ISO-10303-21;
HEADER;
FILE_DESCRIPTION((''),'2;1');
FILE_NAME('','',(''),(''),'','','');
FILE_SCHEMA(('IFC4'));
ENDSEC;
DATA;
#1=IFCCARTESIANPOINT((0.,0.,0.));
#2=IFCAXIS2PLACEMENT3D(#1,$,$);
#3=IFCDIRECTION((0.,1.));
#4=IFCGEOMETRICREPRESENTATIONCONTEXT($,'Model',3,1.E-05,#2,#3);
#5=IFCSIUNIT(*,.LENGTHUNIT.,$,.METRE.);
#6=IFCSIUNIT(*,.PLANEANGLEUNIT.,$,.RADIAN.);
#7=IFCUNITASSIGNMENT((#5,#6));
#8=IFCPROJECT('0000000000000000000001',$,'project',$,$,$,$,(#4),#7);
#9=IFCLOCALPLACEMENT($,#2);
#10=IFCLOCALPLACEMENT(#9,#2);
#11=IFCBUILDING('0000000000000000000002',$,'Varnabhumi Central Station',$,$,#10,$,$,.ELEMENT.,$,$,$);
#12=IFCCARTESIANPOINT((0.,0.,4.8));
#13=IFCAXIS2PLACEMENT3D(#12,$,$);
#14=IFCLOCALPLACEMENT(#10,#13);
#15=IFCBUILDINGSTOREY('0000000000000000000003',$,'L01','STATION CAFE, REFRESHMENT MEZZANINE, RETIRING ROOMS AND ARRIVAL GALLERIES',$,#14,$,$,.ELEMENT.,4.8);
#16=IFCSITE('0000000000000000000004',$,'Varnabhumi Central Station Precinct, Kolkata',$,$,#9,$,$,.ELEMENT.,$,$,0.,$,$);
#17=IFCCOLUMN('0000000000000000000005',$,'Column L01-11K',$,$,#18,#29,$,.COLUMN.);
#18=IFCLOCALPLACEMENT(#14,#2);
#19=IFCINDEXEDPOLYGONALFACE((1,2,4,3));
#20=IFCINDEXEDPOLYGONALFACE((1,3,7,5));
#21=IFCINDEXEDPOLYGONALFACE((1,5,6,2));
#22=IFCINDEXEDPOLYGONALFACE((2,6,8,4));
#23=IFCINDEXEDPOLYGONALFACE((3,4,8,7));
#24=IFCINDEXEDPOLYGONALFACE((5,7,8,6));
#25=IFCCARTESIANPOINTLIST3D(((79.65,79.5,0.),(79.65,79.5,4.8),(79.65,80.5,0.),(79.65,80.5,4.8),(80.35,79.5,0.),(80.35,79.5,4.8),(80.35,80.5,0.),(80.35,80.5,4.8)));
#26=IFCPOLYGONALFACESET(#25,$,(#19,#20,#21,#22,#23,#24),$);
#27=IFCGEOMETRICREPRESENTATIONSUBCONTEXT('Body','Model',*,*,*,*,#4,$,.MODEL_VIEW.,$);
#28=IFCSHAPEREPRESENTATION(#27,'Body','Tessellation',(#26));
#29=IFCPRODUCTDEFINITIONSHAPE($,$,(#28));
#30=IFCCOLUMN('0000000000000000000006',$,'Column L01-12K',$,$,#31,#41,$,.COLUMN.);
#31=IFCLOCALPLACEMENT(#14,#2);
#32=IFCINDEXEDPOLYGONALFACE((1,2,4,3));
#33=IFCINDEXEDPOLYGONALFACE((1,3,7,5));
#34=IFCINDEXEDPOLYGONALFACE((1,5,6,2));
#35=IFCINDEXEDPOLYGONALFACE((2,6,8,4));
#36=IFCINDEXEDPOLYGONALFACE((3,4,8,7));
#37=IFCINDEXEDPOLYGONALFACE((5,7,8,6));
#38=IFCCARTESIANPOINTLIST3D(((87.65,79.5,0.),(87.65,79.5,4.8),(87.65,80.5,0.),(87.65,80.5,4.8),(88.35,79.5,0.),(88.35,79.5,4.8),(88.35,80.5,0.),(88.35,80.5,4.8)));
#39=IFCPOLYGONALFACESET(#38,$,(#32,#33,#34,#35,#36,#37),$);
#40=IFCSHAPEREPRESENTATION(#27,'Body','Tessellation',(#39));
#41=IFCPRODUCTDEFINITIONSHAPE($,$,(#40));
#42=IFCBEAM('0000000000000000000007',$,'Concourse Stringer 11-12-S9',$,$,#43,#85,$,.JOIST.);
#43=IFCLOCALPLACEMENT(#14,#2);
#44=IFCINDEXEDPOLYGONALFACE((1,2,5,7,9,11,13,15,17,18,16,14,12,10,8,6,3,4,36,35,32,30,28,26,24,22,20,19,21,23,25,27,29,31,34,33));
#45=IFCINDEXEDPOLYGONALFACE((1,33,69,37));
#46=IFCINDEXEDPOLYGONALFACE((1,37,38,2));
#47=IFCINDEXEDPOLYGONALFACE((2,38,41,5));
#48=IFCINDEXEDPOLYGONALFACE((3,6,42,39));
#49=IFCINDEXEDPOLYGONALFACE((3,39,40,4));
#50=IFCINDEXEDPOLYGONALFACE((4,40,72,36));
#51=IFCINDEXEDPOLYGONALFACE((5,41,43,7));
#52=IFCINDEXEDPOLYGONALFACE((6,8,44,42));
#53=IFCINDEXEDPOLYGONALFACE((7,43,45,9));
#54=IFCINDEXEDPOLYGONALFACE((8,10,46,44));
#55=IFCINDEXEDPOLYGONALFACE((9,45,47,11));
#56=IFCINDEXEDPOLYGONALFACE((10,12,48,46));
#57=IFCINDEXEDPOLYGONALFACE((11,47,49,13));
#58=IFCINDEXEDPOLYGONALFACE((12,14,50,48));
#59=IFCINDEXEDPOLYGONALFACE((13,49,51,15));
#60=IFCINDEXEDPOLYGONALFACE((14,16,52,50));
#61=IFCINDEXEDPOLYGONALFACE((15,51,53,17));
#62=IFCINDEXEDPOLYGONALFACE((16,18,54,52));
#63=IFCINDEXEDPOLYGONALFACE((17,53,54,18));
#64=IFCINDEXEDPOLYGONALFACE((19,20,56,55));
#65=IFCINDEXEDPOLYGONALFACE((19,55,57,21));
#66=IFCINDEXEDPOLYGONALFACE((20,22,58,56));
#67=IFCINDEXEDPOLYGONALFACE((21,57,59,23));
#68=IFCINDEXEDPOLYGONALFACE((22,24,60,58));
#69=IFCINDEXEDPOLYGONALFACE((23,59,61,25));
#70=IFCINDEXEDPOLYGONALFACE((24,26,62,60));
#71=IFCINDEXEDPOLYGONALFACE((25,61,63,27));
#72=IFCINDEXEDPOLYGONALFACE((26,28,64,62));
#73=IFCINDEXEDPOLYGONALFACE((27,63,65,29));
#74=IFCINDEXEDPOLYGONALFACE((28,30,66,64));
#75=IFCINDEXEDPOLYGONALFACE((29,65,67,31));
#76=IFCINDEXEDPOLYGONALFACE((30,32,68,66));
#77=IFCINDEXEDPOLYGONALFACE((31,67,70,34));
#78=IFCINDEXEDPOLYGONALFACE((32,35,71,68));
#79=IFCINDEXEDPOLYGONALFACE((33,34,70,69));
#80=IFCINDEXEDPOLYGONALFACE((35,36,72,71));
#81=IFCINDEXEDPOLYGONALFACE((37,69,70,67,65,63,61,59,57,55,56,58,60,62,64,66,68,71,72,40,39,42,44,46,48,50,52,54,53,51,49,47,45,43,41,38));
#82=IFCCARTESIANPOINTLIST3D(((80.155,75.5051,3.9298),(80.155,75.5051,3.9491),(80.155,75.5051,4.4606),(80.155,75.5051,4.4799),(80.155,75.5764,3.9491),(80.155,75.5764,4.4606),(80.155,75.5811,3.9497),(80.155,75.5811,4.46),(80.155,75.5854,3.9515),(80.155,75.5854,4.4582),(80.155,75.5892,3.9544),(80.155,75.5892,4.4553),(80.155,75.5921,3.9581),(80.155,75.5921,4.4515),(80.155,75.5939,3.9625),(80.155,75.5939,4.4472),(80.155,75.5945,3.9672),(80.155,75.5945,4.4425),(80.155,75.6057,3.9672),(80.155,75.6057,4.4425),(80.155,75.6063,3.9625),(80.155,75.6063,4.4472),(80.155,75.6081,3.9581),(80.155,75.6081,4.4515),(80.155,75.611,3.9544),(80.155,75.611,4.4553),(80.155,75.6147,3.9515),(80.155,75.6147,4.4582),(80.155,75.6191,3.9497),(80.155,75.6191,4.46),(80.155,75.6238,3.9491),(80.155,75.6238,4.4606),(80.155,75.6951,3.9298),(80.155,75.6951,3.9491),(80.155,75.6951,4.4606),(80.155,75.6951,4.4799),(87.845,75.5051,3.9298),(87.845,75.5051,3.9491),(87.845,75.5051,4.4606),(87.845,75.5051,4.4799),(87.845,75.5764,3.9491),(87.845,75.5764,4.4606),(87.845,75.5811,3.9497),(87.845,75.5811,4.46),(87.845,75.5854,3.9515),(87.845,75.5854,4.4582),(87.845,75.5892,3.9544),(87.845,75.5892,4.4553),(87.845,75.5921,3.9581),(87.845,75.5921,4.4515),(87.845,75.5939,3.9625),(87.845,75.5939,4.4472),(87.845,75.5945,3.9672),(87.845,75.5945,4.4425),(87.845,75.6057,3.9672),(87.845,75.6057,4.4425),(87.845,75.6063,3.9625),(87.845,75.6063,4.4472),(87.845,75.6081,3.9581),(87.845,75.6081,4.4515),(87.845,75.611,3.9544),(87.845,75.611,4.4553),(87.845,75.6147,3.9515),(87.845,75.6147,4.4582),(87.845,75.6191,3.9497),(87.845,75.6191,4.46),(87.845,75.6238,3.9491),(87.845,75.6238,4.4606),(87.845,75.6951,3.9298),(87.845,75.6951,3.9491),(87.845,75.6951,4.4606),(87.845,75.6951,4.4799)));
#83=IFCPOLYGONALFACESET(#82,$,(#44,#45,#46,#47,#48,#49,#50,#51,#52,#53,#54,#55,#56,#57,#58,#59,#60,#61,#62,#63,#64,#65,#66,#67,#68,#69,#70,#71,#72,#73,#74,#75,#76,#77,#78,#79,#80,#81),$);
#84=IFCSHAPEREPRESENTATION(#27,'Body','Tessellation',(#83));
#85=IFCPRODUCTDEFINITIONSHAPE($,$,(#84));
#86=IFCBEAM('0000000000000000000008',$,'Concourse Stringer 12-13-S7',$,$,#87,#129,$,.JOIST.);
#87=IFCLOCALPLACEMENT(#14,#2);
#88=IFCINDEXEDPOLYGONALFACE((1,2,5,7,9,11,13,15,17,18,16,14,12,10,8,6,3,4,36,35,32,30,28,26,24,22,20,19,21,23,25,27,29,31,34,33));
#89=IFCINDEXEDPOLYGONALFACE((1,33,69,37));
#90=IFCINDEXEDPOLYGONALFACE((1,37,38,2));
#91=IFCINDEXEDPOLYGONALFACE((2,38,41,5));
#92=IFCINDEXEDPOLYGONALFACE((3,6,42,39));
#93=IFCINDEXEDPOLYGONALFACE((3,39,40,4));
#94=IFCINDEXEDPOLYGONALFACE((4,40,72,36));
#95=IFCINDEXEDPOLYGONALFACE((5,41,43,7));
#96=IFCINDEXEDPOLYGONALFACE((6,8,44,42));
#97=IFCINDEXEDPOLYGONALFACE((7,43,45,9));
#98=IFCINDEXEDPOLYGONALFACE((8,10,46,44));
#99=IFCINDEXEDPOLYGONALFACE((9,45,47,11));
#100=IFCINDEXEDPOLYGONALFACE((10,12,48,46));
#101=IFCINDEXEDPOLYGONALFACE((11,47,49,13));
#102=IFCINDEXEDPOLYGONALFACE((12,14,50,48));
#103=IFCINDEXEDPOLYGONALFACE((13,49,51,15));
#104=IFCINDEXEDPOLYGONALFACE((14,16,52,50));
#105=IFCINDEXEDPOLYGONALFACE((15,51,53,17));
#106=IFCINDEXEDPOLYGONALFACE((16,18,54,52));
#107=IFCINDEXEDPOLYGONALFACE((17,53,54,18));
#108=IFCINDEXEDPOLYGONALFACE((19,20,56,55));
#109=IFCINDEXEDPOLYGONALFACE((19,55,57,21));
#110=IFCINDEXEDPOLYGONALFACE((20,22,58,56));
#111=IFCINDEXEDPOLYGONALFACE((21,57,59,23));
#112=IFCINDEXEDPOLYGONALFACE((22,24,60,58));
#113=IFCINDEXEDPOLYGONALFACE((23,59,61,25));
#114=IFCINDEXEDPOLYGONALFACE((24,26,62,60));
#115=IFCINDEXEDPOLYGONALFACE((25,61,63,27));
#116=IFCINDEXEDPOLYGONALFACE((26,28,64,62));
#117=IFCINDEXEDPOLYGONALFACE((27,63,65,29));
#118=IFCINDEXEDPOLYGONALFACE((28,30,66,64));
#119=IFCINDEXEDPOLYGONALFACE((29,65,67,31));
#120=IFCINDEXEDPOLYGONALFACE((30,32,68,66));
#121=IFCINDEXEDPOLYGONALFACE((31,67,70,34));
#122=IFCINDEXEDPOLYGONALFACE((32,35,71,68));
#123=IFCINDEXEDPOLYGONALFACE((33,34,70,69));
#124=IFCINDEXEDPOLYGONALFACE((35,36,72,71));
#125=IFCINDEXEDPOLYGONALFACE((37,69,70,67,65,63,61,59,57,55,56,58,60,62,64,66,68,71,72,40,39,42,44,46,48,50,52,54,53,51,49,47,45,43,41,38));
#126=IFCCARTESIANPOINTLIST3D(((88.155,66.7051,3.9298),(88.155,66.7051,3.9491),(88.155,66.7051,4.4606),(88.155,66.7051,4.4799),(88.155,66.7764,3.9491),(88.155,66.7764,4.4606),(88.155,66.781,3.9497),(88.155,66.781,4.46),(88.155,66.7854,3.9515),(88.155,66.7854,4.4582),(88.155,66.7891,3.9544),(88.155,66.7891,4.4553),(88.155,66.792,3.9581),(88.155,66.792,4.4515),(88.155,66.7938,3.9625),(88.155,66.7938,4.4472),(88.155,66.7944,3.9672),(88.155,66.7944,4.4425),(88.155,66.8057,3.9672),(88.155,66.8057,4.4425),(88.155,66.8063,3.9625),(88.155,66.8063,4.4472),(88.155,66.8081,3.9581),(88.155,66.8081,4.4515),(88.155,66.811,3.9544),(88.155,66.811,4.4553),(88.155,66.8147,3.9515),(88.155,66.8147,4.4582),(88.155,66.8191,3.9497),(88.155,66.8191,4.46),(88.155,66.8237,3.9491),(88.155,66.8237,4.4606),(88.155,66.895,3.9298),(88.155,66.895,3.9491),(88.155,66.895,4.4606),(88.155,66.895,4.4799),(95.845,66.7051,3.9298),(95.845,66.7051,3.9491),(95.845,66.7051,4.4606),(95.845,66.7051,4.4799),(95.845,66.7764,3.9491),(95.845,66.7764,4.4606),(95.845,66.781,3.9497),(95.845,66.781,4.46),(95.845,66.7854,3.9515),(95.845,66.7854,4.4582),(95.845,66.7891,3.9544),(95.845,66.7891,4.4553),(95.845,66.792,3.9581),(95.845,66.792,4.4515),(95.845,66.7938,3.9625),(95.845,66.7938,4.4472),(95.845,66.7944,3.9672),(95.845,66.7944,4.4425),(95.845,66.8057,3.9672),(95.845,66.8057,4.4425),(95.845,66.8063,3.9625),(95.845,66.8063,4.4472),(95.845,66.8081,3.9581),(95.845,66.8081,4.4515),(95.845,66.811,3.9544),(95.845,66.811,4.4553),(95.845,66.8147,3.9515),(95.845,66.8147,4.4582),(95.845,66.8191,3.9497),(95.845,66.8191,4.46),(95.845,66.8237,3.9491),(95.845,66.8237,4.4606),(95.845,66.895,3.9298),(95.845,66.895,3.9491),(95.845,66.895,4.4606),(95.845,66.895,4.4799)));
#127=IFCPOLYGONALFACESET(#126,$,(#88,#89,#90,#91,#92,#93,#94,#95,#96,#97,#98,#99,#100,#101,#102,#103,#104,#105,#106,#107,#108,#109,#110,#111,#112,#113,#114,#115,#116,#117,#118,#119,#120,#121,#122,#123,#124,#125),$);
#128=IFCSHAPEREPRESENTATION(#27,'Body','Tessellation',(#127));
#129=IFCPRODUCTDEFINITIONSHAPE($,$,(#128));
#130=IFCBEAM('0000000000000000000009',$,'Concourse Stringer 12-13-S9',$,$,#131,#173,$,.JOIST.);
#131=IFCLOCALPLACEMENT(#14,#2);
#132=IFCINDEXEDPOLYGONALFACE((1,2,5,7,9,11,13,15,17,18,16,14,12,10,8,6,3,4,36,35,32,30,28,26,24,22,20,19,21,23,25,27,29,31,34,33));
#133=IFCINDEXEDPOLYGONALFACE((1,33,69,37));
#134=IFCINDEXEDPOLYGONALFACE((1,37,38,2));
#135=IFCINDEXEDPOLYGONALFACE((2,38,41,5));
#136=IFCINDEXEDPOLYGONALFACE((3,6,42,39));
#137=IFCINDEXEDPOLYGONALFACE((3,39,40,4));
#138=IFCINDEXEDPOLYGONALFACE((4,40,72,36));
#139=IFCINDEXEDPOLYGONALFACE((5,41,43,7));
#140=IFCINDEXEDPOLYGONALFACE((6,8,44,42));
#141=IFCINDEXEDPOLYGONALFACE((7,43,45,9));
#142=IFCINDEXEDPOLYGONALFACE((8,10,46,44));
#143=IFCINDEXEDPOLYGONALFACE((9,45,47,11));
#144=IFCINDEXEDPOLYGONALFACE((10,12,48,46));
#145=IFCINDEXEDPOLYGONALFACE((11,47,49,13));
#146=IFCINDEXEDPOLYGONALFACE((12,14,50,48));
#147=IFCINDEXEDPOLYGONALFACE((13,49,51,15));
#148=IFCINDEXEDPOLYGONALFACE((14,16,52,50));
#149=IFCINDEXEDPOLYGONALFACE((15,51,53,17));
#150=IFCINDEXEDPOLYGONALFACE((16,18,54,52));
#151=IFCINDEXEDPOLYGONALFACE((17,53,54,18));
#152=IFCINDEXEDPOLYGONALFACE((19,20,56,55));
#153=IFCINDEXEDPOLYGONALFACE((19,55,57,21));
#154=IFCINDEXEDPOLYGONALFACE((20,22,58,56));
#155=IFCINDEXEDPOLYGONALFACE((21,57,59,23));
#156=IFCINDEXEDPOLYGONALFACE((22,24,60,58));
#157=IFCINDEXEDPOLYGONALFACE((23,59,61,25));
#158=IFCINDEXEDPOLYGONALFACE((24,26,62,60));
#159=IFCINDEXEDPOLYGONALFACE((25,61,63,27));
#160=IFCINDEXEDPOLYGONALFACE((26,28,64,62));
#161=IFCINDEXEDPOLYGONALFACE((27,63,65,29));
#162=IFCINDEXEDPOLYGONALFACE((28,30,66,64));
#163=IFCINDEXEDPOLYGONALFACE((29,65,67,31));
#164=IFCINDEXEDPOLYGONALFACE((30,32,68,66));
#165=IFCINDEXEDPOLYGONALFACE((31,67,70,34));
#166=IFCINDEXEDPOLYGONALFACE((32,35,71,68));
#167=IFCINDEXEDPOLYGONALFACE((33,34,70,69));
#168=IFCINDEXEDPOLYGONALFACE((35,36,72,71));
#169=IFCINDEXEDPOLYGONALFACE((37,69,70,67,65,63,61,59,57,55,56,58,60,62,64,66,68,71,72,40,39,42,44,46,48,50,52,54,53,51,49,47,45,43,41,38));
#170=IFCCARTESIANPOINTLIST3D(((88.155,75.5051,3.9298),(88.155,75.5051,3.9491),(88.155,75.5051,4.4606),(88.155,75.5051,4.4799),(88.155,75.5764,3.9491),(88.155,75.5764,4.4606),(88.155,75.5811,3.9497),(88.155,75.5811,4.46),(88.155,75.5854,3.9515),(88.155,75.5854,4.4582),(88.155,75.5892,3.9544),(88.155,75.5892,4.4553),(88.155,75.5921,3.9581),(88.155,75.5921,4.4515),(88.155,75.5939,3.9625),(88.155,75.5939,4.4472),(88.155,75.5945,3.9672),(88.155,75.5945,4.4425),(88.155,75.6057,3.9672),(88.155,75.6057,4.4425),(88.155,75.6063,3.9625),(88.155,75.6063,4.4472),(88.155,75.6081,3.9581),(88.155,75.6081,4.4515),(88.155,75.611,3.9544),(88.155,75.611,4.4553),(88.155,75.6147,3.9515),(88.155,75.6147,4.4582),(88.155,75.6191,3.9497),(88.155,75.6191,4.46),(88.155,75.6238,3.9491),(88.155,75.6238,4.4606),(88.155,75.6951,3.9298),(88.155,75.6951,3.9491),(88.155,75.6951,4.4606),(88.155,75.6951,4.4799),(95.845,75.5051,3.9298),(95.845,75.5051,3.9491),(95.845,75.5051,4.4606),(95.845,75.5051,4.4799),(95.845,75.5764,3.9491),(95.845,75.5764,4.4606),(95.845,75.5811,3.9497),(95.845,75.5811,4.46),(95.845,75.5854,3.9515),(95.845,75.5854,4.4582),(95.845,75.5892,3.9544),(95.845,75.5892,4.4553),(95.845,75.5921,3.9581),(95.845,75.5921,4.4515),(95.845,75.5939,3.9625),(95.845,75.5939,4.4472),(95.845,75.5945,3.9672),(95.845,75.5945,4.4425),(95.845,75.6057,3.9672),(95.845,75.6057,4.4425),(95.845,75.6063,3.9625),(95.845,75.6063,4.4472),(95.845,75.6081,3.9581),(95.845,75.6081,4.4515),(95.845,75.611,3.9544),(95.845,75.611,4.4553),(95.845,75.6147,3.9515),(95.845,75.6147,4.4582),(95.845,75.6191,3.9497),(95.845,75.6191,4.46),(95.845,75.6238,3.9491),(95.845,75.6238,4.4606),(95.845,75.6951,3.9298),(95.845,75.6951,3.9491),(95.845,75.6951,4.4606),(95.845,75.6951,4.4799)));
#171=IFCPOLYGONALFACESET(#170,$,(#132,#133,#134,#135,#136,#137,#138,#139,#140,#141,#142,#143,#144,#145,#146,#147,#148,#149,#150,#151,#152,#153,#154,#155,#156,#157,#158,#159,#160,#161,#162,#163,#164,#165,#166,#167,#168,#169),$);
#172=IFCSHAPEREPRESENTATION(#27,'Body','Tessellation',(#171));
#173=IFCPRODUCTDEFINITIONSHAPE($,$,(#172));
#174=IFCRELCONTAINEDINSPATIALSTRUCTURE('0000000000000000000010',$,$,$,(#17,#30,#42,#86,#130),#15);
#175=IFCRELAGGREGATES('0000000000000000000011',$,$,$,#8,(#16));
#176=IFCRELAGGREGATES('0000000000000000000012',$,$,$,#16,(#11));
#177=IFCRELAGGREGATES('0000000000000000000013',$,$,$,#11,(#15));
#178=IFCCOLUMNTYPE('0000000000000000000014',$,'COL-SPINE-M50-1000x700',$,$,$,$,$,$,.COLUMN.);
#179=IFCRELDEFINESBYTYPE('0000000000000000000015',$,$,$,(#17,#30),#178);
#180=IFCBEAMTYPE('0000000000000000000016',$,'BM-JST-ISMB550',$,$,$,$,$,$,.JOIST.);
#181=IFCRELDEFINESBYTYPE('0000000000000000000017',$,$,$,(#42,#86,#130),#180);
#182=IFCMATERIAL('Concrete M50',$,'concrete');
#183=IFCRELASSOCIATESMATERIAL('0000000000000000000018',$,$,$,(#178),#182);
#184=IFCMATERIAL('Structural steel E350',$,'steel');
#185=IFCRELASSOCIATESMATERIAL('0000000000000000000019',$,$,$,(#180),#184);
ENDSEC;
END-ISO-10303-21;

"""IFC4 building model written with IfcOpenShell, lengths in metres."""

from ifc_helpers import new_model, si_unit, direction, frame, origin, origin_2d, place, context, subcontext, project, spatial, rectangle, i_section, extrude, material, material_profile, profile_set, type_object, element, save


model = new_model("IFC4")

# Units and contexts
model_context = context("Model", 3, precision=1e-05, world=origin(), true_north=direction((0.0, 1.0)))
body_context = subcontext(model_context, "Body", "Model", "MODEL_VIEW")
ifc_project = project(units=[si_unit("LENGTHUNIT", "METRE"), si_unit("PLANEANGLEUNIT", "RADIAN")], contexts=[model_context])

# Site, building, storey
site_placement = place(None, origin())
site = spatial("IfcSite", under=ifc_project, at=site_placement, Name="Varnabhumi Central Station Precinct, Kolkata", CompositionType="ELEMENT", RefElevation=0.0)
building_placement = place(site_placement, origin())
building = spatial("IfcBuilding", under=site, at=building_placement, Name="Varnabhumi Central Station", CompositionType="ELEMENT")
storey_placement = place(building_placement, frame((0.0, 0.0, 4.8)))
storey = spatial("IfcBuildingStorey", under=building, at=storey_placement, Name="L01", Description="STATION CAFE, REFRESHMENT MEZZANINE, RETIRING ROOMS AND ARRIVAL GALLERIES", CompositionType="ELEMENT", Elevation=4.8)

# Columns
ifc_material_1 = material(Name="Concrete M50", Category="concrete")
ifc_material_profile_1 = material_profile(ifc_material_1, rectangle(XDim=0.7, YDim=1.0, at=origin_2d()), Name="Concrete M50", Category="concrete")
ifc_profile_set_1 = profile_set([ifc_material_profile_1], Name="Concrete M50")
column_type = type_object("IfcColumnType", Name="COL-SPINE-M50-1000x700", PredefinedType="COLUMN", material=ifc_profile_set_1)
for number, where, z_axis, x_axis, name in (
    (1, (80.0, 80.0, 0.0), (0.0, 0.0, 1.0), (1.0, 0.0, 0.0), "Column L01-11K"),
    (2, (88.0, 80.0, 0.0), (0.0, 0.0, 1.0), (1.0, 0.0, 0.0), "Column L01-12K"),
):
    element("IfcColumn", number, at=place(storey_placement, frame(where, z_axis=z_axis, x_axis=x_axis)), inside=storey, type_object=column_type, Name=name, PredefinedType="COLUMN", context=body_context, shape_type="SweptSolid", body=[
        extrude(rectangle(XDim=0.7, YDim=1.0, at=origin_2d()), origin(), (0.0, 0.0, 1.0), 4.8),
    ])

# Beams
ifc_material_2 = material(Name="Structural steel E350", Category="steel")
ifc_material_profile_2 = material_profile(ifc_material_2, i_section(OverallWidth=0.1899, OverallDepth=0.55, WebThickness=0.0112, FlangeThickness=0.0193, FilletRadius=0.0181, at=origin_2d()), Name="Structural steel E350", Category="steel")
ifc_profile_set_2 = profile_set([ifc_material_profile_2], Name="Structural steel E350")
beam_type_1 = type_object("IfcBeamType", Name="BM-JST-ISMB550", PredefinedType="JOIST", material=ifc_profile_set_2)
for number, where, z_axis, x_axis, name in (
    (3, (80.155, 75.6001, 4.2048), (1.0, 0.0, 0.0), (0.0, 1.0, 0.0), "Concourse Stringer 11-12-S9"),
    (4, (88.155, 66.8, 4.2048), (1.0, 0.0, 0.0), (0.0, 1.0, 0.0), "Concourse Stringer 12-13-S7"),
    (5, (88.155, 75.6001, 4.2048), (1.0, 0.0, 0.0), (0.0, 1.0, 0.0), "Concourse Stringer 12-13-S9"),
):
    element("IfcBeam", number, at=place(storey_placement, frame(where, z_axis=z_axis, x_axis=x_axis)), inside=storey, type_object=beam_type_1, Name=name, PredefinedType="JOIST", context=body_context, shape_type="SweptSolid", body=[
        extrude(i_section(OverallWidth=0.1899, OverallDepth=0.55, WebThickness=0.0112, FlangeThickness=0.0193, FilletRadius=0.0181, at=origin_2d()), origin(), (0.0, 0.0, 1.0), 7.6899),
    ])

save(model, "model.ifc")
